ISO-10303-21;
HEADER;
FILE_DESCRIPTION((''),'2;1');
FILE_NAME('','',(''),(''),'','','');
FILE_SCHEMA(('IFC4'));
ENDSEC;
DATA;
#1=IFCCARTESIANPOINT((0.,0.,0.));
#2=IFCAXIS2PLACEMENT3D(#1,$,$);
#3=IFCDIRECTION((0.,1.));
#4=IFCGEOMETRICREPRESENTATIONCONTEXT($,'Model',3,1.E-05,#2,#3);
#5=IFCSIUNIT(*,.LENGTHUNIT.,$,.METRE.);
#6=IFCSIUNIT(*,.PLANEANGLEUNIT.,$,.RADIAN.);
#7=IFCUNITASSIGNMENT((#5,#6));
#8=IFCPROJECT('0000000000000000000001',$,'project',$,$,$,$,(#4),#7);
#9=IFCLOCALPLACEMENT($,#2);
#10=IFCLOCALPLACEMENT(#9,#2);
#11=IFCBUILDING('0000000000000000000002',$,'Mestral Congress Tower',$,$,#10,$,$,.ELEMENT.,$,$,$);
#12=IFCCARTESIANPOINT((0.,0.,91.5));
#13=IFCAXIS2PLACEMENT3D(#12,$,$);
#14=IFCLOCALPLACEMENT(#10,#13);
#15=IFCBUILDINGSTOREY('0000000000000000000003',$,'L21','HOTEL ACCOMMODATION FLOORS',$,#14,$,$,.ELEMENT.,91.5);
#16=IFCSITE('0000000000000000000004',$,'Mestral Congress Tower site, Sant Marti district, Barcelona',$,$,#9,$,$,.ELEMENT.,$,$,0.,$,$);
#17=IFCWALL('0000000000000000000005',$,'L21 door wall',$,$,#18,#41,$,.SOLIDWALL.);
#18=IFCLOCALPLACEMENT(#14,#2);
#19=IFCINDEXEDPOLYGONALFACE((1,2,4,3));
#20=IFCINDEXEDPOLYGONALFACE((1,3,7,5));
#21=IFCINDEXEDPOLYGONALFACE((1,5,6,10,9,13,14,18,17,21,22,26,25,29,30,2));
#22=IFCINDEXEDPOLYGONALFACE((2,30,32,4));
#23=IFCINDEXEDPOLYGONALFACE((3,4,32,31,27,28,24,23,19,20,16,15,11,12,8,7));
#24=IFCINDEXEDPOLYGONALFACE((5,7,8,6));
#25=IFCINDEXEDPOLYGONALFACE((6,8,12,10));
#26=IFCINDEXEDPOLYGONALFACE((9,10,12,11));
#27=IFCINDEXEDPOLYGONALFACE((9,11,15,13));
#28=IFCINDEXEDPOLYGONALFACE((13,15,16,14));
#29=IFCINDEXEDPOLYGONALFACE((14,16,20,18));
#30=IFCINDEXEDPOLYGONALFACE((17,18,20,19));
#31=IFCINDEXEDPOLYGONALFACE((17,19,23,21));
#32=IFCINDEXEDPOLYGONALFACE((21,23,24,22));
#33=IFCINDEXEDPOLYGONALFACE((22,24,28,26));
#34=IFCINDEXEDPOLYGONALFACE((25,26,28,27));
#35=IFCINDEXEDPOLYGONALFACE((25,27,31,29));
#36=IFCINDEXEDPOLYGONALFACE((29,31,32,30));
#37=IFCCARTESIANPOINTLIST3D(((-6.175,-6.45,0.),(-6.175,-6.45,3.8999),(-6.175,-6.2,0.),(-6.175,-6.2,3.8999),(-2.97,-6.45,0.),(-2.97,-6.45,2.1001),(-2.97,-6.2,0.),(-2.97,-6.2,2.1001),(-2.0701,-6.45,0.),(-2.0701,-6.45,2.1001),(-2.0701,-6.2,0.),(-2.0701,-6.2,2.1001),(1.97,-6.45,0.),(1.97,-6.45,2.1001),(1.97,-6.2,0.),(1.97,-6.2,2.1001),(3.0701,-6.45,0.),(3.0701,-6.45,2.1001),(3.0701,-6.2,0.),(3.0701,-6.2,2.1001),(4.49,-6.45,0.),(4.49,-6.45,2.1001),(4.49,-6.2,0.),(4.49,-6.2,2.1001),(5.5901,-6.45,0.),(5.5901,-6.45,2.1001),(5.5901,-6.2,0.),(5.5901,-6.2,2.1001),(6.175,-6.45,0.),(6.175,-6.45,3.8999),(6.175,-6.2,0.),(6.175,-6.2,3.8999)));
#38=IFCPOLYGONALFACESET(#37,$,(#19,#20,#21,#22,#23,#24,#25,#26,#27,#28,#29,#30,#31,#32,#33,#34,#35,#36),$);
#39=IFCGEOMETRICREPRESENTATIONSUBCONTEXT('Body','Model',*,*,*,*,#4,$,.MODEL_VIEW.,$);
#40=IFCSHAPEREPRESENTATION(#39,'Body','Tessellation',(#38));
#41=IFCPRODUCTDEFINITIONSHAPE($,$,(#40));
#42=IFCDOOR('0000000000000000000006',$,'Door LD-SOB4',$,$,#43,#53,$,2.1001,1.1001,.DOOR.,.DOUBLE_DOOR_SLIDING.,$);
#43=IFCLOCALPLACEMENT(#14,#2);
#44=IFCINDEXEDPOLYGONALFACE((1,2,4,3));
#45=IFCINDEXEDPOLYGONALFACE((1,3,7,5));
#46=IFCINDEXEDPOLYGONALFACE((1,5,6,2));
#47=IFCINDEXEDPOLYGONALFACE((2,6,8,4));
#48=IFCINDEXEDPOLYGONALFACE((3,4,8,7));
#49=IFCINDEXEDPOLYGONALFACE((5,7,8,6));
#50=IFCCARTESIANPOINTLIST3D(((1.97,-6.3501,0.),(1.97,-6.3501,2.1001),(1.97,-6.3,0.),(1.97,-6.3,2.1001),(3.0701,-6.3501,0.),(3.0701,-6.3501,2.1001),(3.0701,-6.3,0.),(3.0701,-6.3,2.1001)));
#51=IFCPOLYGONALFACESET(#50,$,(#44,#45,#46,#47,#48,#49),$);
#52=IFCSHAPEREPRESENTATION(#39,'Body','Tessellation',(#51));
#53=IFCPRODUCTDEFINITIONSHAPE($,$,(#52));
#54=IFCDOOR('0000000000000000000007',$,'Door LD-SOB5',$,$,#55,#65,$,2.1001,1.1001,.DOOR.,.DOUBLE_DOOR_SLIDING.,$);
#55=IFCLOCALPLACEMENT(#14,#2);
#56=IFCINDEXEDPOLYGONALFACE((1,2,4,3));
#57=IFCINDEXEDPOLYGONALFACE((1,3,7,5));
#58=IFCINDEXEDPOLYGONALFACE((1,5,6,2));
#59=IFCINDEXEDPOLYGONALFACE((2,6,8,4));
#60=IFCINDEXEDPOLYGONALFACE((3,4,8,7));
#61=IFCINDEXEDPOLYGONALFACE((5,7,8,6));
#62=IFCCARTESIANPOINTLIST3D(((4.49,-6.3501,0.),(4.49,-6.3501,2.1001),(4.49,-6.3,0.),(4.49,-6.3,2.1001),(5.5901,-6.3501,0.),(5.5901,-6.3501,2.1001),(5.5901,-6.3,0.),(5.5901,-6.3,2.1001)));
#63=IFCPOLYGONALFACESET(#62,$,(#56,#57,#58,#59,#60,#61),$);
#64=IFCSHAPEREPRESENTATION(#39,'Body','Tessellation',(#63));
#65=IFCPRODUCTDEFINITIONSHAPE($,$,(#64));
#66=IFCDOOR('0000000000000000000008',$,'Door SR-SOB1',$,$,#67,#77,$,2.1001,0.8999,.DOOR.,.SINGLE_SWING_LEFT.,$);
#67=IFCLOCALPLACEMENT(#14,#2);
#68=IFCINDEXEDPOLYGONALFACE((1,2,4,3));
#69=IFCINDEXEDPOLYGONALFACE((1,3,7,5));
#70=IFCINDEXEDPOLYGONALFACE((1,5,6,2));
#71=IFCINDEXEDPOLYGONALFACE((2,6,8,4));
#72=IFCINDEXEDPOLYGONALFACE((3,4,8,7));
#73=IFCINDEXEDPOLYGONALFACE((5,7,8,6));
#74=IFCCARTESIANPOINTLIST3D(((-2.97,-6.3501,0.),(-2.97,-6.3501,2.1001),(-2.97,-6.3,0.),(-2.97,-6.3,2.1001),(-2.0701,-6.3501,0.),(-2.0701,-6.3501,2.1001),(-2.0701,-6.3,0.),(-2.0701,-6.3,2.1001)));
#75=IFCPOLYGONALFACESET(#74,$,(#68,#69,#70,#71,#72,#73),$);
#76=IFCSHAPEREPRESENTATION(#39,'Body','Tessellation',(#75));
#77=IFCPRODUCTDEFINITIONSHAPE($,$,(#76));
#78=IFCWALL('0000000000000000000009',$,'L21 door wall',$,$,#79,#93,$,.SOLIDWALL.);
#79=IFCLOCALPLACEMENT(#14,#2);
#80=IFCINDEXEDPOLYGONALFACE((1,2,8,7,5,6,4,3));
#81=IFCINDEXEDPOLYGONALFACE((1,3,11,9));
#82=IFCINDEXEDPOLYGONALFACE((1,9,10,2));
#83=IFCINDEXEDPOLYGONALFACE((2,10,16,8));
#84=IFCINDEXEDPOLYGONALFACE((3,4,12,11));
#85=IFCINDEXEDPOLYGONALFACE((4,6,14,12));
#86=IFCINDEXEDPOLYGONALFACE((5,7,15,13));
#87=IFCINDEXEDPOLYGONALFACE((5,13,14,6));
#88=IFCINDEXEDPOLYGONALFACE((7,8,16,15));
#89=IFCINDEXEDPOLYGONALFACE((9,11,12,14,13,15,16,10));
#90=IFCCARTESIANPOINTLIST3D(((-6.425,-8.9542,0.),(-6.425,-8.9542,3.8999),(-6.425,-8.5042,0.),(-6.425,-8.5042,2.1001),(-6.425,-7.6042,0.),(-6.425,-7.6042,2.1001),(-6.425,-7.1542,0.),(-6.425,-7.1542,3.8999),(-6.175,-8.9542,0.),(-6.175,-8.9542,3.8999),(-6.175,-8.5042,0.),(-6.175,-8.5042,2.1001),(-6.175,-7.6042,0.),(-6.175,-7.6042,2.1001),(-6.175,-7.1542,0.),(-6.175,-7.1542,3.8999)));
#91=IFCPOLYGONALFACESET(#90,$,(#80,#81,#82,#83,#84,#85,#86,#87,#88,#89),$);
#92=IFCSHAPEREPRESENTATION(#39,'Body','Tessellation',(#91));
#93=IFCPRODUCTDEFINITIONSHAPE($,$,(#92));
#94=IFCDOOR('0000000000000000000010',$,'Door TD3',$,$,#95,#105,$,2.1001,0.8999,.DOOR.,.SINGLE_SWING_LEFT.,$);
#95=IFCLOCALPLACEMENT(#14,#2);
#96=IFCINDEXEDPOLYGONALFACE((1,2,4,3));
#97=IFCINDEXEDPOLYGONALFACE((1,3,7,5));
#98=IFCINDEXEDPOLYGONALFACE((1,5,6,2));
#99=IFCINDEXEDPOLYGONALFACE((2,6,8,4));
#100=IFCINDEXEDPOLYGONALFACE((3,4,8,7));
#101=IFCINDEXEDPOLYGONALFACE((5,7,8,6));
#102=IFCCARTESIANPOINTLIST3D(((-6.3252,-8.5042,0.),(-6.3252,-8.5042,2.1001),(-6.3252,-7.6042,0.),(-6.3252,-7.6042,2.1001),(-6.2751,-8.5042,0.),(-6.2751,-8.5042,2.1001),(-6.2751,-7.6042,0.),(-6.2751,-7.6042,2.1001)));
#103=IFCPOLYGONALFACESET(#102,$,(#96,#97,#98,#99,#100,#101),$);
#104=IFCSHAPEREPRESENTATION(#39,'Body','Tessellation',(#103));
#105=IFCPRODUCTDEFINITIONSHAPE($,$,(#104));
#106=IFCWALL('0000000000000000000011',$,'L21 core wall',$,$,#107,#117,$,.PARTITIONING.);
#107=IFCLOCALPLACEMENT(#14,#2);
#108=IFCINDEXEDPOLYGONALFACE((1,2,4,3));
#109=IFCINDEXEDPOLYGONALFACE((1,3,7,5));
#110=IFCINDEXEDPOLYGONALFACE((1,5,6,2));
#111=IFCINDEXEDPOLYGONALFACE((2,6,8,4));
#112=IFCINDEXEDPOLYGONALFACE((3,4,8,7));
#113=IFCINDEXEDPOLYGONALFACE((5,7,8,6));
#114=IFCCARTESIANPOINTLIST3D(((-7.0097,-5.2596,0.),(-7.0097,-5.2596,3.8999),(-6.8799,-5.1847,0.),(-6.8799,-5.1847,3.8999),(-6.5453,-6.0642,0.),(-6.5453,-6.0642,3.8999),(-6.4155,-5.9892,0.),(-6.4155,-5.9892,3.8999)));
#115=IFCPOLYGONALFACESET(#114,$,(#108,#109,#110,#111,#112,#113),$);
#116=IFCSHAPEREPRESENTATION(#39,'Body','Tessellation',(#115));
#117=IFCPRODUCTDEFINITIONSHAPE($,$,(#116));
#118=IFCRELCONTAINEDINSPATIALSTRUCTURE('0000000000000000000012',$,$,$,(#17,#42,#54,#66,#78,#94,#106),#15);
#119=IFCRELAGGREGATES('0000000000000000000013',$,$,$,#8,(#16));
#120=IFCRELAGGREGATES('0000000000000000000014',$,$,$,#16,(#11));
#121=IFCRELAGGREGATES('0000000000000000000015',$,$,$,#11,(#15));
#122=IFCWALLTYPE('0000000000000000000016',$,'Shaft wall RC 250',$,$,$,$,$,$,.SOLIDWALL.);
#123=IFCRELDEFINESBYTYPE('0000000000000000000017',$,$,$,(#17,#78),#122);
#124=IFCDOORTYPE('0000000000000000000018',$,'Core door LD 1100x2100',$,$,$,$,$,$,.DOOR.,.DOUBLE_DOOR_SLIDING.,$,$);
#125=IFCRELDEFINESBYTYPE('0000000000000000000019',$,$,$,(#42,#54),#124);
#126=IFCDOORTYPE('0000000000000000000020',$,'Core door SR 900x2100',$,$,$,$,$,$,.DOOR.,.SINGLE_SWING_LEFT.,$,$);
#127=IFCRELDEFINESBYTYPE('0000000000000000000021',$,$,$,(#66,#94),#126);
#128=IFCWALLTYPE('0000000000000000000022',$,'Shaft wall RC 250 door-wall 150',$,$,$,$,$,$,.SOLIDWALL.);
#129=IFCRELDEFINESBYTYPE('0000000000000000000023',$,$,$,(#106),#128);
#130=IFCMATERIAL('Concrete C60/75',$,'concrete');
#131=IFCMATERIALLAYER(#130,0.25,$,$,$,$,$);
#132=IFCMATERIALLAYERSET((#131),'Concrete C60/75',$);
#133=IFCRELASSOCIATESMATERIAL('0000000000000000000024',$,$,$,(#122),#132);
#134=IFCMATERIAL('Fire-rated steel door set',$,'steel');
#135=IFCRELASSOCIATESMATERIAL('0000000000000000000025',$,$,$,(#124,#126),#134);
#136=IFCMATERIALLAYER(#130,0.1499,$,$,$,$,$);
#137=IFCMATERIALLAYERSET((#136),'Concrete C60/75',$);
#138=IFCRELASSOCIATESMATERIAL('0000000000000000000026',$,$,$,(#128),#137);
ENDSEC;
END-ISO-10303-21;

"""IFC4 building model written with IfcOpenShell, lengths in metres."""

from ifc_helpers import new_model, si_unit, direction, frame, frame_2d, origin, place, context, subcontext, project, spatial, rectangle, extrude, material, layer, layer_set, type_object, element, fill, save


model = new_model("IFC4")

# Units and contexts
model_context = context("Model", 3, precision=1e-05, world=origin(), true_north=direction((0.0, 1.0)))
body_context = subcontext(model_context, "Body", "Model", "MODEL_VIEW")
ifc_project = project(units=[si_unit("LENGTHUNIT", "METRE"), si_unit("PLANEANGLEUNIT", "RADIAN")], contexts=[model_context])

# Site, building, storey
site_placement = place(None, origin())
site = spatial("IfcSite", under=ifc_project, at=site_placement, Name="Mestral Congress Tower site, Sant Marti district, Barcelona", CompositionType="ELEMENT", RefElevation=0.0)
building_placement = place(site_placement, origin())
building = spatial("IfcBuilding", under=site, at=building_placement, Name="Mestral Congress Tower", CompositionType="ELEMENT")
storey_placement = place(building_placement, frame((0.0, 0.0, 91.5)))
storey = spatial("IfcBuildingStorey", under=building, at=storey_placement, Name="L21", Description="HOTEL ACCOMMODATION FLOORS", CompositionType="ELEMENT", Elevation=91.5)

# Shared definitions
ifc_material_1 = material(Name="Fire-rated steel door set", Category="steel")

# Shared definitions
ifc_material_2 = material(Name="Concrete C60/75", Category="concrete")
ifc_layer_1 = layer(ifc_material_2, 0.25)
ifc_layer_set_1 = layer_set([ifc_layer_1], Name="Concrete C60/75")
wall_type_1 = type_object("IfcWallType", Name="Shaft wall RC 250", PredefinedType="SOLIDWALL", material=ifc_layer_set_1)

# Wall, openings, doors
door_type_1 = type_object("IfcDoorType", Name="Core door LD 1100x2100", OperationType="DOUBLE_DOOR_SLIDING", PredefinedType="DOOR", material=ifc_material_1)
wall_1_placement = place(storey_placement, frame((-6.175, -6.325, 0.0), z_axis=(0.0, 0.0, 1.0), x_axis=(1.0, 0.0, 0.0)))
wall_1 = element("IfcWall", 1, at=wall_1_placement, inside=storey, type_object=wall_type_1, Name="L21 door wall", PredefinedType="SOLIDWALL", context=body_context, shape_type="SweptSolid", body=[
    extrude(rectangle(XDim=12.3501, YDim=0.25, at=frame_2d((6.175, 0.0))), origin(), (0.0, 0.0, 1.0), 3.8999),
])
opening_1_placement = place(wall_1_placement, frame((3.2051, 0.0, 0.0)))
opening_1 = element("IfcOpeningElement", 2, at=opening_1_placement, cuts=wall_1, PredefinedType="OPENING", context=body_context, shape_type="SweptSolid", body=[
    extrude(rectangle(XDim=0.8999, YDim=2.1001, at=frame_2d((0.45, 1.05))), frame((0.0, 0.135, 0.0), z_axis=(0.0, -1.0, 0.0), x_axis=(1.0, 0.0, 0.0)), (0.0, 0.0, 1.0), 0.27),
])
opening_2_placement = place(wall_1_placement, frame((8.145, 0.0, 0.0)))
opening_2 = element("IfcOpeningElement", 3, at=opening_2_placement, cuts=wall_1, PredefinedType="OPENING", context=body_context, shape_type="SweptSolid", body=[
    extrude(rectangle(XDim=1.1001, YDim=2.1001, at=frame_2d((0.55, 1.05))), frame((0.0, 0.135, 0.0), z_axis=(0.0, -1.0, 0.0), x_axis=(1.0, 0.0, 0.0)), (0.0, 0.0, 1.0), 0.27),
])
opening_3_placement = place(wall_1_placement, frame((10.665, 0.0, 0.0)))
opening_3 = element("IfcOpeningElement", 4, at=opening_3_placement, cuts=wall_1, PredefinedType="OPENING", context=body_context, shape_type="SweptSolid", body=[
    extrude(rectangle(XDim=1.1001, YDim=2.1001, at=frame_2d((0.55, 1.05))), frame((0.0, 0.135, 0.0), z_axis=(0.0, -1.0, 0.0), x_axis=(1.0, 0.0, 0.0)), (0.0, 0.0, 1.0), 0.27),
])
door_1_placement = place(opening_2_placement, origin())
door_1 = element("IfcDoor", 5, at=door_1_placement, inside=storey, type_object=door_type_1, Name="Door LD-SOB4", OperationType="DOUBLE_DOOR_SLIDING", OverallHeight=2.1001, OverallWidth=1.1001, PredefinedType="DOOR", context=body_context, shape_type="SweptSolid", body=[
    extrude(rectangle(XDim=1.1001, YDim=2.1001, at=frame_2d((0.55, 1.05))), frame((0.0, 0.0249, 0.0), z_axis=(0.0, -1.0, 0.0), x_axis=(1.0, 0.0, 0.0)), (0.0, 0.0, 1.0), 0.05),
])
fill(opening_2, door_1)
door_2_placement = place(opening_3_placement, origin())
door_2 = element("IfcDoor", 6, at=door_2_placement, inside=storey, type_object=door_type_1, Name="Door LD-SOB5", OperationType="DOUBLE_DOOR_SLIDING", OverallHeight=2.1001, OverallWidth=1.1001, PredefinedType="DOOR", context=body_context, shape_type="SweptSolid", body=[
    extrude(rectangle(XDim=1.1001, YDim=2.1001, at=frame_2d((0.55, 1.05))), frame((0.0, 0.0249, 0.0), z_axis=(0.0, -1.0, 0.0), x_axis=(1.0, 0.0, 0.0)), (0.0, 0.0, 1.0), 0.05),
])
fill(opening_3, door_2)
door_type_2 = type_object("IfcDoorType", Name="Core door SR 900x2100", OperationType="SINGLE_SWING_LEFT", PredefinedType="DOOR", material=ifc_material_1)
door_3_placement = place(opening_1_placement, origin())
door_3 = element("IfcDoor", 7, at=door_3_placement, inside=storey, type_object=door_type_2, Name="Door SR-SOB1", OperationType="SINGLE_SWING_LEFT", OverallHeight=2.1001, OverallWidth=0.8999, PredefinedType="DOOR", context=body_context, shape_type="SweptSolid", body=[
    extrude(rectangle(XDim=0.8999, YDim=2.1001, at=frame_2d((0.45, 1.05))), frame((0.0, 0.0249, 0.0), z_axis=(0.0, -1.0, 0.0), x_axis=(1.0, 0.0, 0.0)), (0.0, 0.0, 1.0), 0.05),
])
fill(opening_1, door_3)

# Wall, opening, door
wall_2_placement = place(storey_placement, frame((-6.3, -7.1543, 0.0), z_axis=(0.0, 0.0, 1.0), x_axis=(0.0, -1.0, 0.0)))
wall_2 = element("IfcWall", 8, at=wall_2_placement, inside=storey, type_object=wall_type_1, Name="L21 door wall", PredefinedType="SOLIDWALL", context=body_context, shape_type="SweptSolid", body=[
    extrude(rectangle(XDim=1.8, YDim=0.25, at=frame_2d((0.8999, 0.0))), origin(), (0.0, 0.0, 1.0), 3.8999),
])
opening_4_placement = place(wall_2_placement, frame((0.45, 0.0, 0.0)))
opening_4 = element("IfcOpeningElement", 9, at=opening_4_placement, cuts=wall_2, PredefinedType="OPENING", context=body_context, shape_type="SweptSolid", body=[
    extrude(rectangle(XDim=0.8999, YDim=2.1001, at=frame_2d((0.45, 1.05))), frame((0.0, 0.135, 0.0), z_axis=(0.0, -1.0, 0.0), x_axis=(1.0, 0.0, 0.0)), (0.0, 0.0, 1.0), 0.27),
])
door_4_placement = place(opening_4_placement, origin())
door_4 = element("IfcDoor", 10, at=door_4_placement, inside=storey, type_object=door_type_2, Name="Door TD3", OperationType="SINGLE_SWING_LEFT", OverallHeight=2.1001, OverallWidth=0.8999, PredefinedType="DOOR", context=body_context, shape_type="SweptSolid", body=[
    extrude(rectangle(XDim=0.8999, YDim=2.1001, at=frame_2d((0.45, 1.05))), frame((0.0, 0.0249, 0.0), z_axis=(0.0, -1.0, 0.0), x_axis=(1.0, 0.0, 0.0)), (0.0, 0.0, 1.0), 0.05),
])
fill(opening_4, door_4)

# Wall
ifc_layer_2 = layer(ifc_material_2, 0.1499)
ifc_layer_set_2 = layer_set([ifc_layer_2], Name="Concrete C60/75")
wall_type_2 = type_object("IfcWallType", Name="Shaft wall RC 250 door-wall 150", PredefinedType="SOLIDWALL", material=ifc_layer_set_2)
wall_3_placement = place(storey_placement, frame((-6.4805, -6.0266, 0.0), z_axis=(0.0, 0.0, 1.0), x_axis=(-0.499927, 0.866067, 0.0)))
element("IfcWall", 11, at=wall_3_placement, inside=storey, type_object=wall_type_2, Name="L21 core wall", PredefinedType="PARTITIONING", context=body_context, shape_type="SweptSolid", body=[
    extrude(rectangle(XDim=0.929, YDim=0.1499, at=frame_2d((0.4644, 0.0))), origin(), (0.0, 0.0, 1.0), 3.8999),
])

save(model, "model.ifc")
